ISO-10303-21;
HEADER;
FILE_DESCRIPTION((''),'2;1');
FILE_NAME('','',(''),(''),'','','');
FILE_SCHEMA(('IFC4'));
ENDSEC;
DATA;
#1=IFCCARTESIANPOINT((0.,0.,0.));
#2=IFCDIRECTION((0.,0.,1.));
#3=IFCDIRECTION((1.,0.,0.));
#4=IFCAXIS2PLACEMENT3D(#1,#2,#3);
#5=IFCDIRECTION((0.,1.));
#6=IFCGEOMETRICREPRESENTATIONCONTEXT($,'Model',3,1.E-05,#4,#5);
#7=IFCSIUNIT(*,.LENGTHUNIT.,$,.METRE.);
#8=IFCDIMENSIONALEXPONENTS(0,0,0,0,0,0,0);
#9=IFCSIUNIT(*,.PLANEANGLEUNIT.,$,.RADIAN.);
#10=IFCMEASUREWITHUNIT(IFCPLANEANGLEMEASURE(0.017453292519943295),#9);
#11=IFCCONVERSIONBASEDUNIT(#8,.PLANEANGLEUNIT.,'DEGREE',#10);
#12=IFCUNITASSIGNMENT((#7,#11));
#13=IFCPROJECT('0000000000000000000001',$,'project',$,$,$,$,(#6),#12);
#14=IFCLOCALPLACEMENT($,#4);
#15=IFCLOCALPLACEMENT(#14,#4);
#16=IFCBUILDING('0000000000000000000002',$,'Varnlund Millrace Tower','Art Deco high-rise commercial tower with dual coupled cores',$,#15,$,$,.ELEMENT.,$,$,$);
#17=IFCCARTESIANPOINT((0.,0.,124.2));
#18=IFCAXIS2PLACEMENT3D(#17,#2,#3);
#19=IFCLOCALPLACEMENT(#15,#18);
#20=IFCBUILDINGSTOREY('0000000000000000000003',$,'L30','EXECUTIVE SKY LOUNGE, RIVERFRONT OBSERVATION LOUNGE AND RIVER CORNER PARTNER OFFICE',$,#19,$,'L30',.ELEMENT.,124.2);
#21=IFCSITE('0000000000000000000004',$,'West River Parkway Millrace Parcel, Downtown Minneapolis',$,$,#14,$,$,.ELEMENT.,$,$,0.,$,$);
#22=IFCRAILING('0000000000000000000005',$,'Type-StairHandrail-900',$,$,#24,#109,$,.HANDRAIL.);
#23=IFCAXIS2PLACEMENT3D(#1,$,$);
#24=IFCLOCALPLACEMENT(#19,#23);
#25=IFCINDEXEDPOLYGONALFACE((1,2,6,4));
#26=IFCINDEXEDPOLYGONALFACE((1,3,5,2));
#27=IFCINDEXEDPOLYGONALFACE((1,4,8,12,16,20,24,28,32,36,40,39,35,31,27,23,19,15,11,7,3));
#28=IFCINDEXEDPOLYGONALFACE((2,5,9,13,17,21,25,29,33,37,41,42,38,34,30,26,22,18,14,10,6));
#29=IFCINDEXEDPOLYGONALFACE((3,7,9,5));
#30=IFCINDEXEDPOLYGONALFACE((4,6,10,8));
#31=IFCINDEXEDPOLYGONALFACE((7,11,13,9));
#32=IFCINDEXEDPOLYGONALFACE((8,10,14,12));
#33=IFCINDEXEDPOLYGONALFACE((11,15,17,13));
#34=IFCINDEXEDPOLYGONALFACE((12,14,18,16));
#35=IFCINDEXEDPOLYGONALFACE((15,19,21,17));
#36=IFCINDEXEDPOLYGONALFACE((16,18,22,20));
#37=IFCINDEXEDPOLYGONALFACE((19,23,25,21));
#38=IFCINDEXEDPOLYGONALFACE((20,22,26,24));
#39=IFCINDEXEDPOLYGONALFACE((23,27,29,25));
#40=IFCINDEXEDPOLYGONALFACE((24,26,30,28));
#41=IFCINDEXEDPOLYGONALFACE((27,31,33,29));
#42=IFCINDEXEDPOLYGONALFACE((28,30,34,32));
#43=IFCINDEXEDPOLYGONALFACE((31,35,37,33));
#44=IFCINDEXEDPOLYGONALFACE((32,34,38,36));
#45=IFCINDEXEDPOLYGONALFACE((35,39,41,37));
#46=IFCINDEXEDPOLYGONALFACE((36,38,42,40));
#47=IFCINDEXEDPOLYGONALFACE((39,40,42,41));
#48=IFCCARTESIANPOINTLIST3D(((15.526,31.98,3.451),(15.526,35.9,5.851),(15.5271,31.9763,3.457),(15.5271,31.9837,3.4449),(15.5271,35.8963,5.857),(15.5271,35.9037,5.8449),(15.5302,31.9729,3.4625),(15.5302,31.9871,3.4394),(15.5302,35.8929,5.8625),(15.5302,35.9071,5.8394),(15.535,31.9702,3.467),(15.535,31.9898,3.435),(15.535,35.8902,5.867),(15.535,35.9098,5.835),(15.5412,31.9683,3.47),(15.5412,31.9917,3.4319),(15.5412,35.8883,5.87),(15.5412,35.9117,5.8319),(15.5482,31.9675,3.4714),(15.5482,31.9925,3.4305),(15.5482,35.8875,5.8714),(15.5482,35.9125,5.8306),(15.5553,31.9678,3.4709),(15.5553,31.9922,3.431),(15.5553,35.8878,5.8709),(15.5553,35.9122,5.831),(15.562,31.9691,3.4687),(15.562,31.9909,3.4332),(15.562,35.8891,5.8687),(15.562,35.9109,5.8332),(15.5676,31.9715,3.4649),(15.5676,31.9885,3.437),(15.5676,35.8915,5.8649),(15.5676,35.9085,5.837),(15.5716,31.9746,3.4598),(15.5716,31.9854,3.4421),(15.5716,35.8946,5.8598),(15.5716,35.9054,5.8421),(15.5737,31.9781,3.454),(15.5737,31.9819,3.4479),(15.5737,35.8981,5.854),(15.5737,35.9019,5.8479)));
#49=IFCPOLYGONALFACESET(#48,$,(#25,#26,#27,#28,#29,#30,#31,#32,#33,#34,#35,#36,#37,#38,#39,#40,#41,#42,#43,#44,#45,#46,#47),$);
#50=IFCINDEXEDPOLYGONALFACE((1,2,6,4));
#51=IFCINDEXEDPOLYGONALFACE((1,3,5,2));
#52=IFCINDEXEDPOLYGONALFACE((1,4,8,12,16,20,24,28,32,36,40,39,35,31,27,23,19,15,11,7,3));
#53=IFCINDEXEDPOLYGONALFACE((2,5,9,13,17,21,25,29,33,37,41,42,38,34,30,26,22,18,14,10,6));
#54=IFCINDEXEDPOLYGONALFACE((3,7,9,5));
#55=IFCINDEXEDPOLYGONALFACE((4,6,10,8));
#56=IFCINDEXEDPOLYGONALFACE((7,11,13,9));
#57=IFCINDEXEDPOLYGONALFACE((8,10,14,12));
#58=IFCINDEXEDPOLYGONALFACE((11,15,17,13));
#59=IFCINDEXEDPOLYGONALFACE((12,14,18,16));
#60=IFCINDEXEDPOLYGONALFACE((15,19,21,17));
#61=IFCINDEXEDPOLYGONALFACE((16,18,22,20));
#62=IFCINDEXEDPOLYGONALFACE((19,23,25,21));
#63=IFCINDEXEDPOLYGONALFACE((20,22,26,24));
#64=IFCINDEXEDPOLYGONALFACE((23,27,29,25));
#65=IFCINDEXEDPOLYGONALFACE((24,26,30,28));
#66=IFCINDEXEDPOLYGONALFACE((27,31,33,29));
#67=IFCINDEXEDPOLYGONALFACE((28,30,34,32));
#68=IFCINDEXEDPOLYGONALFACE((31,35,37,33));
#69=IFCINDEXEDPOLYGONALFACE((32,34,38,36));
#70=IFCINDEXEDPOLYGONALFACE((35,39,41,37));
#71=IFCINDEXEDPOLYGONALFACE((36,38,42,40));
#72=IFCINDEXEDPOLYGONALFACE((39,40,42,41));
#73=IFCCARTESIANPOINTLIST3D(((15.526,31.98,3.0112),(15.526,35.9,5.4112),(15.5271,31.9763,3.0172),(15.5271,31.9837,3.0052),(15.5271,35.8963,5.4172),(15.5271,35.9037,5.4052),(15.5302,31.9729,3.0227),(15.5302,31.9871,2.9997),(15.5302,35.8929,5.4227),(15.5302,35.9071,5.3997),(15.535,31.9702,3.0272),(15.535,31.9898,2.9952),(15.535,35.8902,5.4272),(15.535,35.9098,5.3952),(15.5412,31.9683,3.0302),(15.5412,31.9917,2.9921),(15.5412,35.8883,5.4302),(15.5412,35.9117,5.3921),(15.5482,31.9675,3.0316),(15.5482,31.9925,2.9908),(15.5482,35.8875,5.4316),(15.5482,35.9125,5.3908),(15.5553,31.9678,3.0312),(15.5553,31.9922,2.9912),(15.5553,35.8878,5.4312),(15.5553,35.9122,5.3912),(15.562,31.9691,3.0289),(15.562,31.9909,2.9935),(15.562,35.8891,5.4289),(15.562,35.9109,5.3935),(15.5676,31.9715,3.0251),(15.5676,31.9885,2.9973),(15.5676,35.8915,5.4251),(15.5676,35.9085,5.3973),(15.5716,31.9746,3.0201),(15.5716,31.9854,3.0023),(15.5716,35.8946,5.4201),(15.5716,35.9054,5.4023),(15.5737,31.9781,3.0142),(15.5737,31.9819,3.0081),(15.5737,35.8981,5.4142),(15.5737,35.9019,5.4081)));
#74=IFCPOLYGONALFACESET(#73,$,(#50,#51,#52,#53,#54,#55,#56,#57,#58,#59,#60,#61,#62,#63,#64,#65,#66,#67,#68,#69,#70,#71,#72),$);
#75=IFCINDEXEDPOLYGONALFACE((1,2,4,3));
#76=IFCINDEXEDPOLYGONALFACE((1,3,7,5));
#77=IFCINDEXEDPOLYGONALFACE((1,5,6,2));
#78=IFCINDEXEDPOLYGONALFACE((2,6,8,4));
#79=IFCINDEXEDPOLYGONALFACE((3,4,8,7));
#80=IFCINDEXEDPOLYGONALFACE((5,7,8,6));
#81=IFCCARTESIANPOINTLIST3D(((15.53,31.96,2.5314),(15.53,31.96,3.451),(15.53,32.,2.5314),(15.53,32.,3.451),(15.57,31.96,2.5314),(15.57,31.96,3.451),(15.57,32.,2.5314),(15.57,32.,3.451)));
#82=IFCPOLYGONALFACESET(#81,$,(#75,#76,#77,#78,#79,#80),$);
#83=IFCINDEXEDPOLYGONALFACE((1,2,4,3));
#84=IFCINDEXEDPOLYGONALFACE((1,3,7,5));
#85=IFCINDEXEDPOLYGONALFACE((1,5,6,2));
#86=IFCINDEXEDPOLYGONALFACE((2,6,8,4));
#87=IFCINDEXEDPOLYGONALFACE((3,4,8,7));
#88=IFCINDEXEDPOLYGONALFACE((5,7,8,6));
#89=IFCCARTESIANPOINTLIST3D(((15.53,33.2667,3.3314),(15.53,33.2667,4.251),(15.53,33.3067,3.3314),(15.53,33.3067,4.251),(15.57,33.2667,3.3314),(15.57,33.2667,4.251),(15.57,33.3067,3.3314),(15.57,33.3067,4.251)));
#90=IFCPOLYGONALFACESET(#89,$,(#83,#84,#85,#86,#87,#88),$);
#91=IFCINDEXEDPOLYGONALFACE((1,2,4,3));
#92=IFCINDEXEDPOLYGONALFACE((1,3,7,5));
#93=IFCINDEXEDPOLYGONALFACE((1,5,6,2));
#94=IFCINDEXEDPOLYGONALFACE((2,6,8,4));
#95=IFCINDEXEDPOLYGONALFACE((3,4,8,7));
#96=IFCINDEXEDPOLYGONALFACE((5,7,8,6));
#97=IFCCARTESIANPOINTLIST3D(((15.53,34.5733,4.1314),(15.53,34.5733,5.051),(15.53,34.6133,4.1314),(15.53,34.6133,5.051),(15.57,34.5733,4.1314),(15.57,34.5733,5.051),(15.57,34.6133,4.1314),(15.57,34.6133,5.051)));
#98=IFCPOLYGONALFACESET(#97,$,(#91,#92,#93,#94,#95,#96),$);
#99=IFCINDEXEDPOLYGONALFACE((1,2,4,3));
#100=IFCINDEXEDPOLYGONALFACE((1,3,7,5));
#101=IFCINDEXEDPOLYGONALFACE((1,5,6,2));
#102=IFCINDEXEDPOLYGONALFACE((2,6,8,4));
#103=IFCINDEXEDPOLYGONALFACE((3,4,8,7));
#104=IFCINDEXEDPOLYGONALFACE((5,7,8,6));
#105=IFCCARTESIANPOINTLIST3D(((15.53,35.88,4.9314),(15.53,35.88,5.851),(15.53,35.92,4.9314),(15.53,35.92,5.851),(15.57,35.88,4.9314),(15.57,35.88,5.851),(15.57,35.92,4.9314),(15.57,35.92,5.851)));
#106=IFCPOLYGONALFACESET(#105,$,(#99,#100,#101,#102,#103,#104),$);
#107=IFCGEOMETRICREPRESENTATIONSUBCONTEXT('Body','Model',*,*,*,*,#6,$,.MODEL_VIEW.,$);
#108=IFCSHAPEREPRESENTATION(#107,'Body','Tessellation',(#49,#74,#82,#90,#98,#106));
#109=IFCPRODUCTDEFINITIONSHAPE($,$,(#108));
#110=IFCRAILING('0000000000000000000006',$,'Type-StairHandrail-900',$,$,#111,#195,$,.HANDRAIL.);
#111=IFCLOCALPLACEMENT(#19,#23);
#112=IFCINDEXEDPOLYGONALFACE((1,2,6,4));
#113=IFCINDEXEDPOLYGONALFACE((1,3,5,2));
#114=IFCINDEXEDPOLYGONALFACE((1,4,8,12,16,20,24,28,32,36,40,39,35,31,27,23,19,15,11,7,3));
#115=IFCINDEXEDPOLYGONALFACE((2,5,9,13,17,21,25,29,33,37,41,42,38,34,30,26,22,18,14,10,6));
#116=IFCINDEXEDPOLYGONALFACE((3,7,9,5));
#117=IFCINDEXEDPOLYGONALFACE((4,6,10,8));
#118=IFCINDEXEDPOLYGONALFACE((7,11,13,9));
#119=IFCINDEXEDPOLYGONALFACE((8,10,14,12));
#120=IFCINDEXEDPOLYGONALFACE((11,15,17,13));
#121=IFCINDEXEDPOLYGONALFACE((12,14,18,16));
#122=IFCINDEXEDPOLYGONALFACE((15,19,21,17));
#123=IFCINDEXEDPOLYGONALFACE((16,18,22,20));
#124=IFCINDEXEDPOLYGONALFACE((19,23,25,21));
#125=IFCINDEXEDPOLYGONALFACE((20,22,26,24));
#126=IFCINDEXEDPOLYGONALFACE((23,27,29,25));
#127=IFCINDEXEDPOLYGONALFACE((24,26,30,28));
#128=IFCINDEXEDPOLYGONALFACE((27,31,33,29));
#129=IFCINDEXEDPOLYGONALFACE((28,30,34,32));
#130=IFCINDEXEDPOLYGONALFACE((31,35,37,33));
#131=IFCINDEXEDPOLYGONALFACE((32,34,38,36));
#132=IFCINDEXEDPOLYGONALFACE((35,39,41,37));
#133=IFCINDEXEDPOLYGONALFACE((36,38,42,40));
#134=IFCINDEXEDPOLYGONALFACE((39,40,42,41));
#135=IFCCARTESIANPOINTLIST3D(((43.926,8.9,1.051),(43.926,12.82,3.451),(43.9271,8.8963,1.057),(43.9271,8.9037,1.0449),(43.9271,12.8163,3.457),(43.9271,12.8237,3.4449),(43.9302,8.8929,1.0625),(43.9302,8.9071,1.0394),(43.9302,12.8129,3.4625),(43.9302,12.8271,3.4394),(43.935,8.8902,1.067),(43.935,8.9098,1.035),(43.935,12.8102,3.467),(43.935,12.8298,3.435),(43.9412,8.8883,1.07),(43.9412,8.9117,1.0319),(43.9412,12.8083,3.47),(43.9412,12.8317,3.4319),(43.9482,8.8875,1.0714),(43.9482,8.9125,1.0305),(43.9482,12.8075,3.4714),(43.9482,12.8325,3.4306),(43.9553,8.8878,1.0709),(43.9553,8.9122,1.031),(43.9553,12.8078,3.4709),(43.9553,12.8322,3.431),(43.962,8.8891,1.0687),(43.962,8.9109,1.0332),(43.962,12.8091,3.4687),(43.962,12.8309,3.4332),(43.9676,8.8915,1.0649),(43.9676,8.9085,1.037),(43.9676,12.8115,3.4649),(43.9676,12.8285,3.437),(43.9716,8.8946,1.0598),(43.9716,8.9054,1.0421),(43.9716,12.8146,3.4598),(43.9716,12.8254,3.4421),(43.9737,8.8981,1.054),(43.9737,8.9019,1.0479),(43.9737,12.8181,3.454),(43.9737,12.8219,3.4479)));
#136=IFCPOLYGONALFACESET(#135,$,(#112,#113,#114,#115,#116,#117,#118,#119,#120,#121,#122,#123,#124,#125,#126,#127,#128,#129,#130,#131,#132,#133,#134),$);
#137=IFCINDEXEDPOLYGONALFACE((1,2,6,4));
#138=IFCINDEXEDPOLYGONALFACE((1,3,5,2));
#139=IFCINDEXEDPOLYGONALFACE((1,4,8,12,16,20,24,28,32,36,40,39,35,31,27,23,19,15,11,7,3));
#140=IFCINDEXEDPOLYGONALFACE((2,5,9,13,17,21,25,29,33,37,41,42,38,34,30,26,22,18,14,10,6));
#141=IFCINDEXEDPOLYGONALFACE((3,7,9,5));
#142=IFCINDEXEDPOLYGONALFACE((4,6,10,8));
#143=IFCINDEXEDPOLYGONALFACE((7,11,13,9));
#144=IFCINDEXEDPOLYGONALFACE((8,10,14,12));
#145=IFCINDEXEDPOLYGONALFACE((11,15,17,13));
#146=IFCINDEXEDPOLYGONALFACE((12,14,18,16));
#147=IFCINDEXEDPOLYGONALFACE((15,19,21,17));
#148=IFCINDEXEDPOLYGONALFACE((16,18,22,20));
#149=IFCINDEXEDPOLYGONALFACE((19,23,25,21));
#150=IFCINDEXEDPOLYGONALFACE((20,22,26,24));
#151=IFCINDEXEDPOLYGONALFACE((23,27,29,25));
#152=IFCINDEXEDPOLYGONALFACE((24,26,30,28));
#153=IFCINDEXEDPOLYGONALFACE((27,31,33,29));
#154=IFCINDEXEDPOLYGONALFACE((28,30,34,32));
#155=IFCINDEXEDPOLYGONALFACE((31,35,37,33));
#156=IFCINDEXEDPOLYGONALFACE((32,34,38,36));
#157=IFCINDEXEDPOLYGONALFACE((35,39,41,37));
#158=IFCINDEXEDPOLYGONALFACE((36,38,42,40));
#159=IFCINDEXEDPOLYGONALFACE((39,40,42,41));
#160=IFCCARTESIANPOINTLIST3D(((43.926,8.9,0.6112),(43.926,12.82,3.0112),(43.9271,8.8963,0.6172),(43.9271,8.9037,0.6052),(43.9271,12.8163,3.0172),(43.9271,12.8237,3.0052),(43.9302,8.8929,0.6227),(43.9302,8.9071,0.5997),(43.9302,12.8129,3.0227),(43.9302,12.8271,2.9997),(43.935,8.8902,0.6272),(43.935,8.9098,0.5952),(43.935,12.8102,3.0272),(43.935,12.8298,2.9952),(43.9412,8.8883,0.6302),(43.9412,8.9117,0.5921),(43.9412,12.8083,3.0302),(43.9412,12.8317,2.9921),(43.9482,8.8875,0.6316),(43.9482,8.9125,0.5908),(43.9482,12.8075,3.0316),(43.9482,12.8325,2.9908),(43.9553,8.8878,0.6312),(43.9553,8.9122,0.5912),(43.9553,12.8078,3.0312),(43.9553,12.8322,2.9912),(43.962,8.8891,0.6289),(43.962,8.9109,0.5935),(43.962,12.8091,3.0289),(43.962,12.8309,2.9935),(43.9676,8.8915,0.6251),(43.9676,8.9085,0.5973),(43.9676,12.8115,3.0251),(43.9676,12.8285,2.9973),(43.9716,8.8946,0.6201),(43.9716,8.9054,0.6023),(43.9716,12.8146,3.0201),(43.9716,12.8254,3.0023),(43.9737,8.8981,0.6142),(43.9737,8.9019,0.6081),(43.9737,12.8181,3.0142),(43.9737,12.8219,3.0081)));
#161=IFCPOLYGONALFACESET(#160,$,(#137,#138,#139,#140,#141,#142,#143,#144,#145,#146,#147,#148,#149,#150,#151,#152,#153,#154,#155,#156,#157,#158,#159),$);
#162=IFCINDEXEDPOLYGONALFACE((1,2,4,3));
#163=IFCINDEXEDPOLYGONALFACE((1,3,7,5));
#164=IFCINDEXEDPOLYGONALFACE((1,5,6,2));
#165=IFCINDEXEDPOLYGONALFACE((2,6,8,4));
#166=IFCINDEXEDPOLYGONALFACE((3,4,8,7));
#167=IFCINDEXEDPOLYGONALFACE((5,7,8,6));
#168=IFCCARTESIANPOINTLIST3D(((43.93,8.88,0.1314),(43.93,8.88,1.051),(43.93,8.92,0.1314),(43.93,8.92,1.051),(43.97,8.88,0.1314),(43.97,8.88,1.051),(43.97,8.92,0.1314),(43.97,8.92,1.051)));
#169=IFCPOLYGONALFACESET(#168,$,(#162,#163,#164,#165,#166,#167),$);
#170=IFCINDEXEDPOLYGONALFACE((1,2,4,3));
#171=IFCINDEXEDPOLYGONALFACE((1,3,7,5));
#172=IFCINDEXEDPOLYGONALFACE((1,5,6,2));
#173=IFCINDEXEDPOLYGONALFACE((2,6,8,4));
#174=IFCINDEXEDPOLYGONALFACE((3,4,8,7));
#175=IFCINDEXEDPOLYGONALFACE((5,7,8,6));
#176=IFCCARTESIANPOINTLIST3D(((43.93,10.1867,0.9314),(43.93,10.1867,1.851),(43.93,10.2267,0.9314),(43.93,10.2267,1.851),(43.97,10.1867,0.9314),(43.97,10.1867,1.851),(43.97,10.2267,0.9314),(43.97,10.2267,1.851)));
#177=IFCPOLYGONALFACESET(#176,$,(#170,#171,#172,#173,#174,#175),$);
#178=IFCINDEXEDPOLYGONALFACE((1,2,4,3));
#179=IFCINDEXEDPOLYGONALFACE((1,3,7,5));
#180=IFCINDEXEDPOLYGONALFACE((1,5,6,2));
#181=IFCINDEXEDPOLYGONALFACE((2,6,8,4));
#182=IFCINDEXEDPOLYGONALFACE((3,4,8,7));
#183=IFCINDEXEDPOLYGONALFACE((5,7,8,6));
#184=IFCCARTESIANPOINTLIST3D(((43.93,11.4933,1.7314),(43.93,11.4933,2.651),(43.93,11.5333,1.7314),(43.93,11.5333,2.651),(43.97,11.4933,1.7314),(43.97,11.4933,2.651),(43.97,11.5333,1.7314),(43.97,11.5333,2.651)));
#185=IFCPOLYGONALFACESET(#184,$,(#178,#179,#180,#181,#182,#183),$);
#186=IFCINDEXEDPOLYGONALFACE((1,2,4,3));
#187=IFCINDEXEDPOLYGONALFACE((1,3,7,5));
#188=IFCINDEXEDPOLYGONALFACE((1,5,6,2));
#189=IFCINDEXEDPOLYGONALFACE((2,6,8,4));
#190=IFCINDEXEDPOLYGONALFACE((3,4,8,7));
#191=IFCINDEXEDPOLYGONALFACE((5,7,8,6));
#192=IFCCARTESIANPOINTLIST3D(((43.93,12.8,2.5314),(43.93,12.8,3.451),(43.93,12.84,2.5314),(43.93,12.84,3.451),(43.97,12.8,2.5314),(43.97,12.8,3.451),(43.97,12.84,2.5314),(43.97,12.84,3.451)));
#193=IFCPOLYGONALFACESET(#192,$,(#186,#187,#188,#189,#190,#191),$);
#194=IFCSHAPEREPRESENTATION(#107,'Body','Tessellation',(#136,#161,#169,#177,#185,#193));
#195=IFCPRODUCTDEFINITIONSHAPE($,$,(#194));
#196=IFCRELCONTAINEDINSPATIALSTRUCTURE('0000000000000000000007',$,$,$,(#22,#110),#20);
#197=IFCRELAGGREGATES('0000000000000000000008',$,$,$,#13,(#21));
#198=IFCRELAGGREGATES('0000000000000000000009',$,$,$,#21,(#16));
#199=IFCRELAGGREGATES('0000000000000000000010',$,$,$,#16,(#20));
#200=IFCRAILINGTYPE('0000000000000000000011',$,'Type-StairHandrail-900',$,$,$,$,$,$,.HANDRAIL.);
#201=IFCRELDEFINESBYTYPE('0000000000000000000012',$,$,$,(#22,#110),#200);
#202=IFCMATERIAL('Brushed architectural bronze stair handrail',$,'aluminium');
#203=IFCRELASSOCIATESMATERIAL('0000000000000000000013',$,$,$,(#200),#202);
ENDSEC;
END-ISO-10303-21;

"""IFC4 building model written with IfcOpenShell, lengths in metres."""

from ifc_helpers import new_model, entity, si_unit, converted_unit, direction, frame, origin_with_axes, origin_2d_with_axis, place, context, subcontext, project, spatial, rectangle, circle, extrude, material, type_object, element, save


model = new_model("IFC4")

# Units and contexts
model_context = context("Model", 3, precision=1e-05, world=origin_with_axes(), true_north=direction((0.0, 1.0)))
body_context = subcontext(model_context, "Body", "Model", "MODEL_VIEW")
ifc_project = project(units=[si_unit("LENGTHUNIT", "METRE"), converted_unit("PLANEANGLEUNIT", "DEGREE", entity("IfcPlaneAngleMeasure", 0.017453292519943295), si_unit("PLANEANGLEUNIT", "RADIAN"), dimensions=[0, 0, 0, 0, 0, 0, 0])], contexts=[model_context])

# Site, building, storey
site_placement = place(None, origin_with_axes())
site = spatial("IfcSite", under=ifc_project, at=site_placement, Name="West River Parkway Millrace Parcel, Downtown Minneapolis", CompositionType="ELEMENT", RefElevation=0.0)
building_placement = place(site_placement, origin_with_axes())
building = spatial("IfcBuilding", under=site, at=building_placement, Name="Varnlund Millrace Tower", Description="Art Deco high-rise commercial tower with dual coupled cores", CompositionType="ELEMENT")
storey_placement = place(building_placement, frame((0.0, 0.0, 124.2), z_axis=(0.0, 0.0, 1.0), x_axis=(1.0, 0.0, 0.0)))
storey = spatial("IfcBuildingStorey", under=building, at=storey_placement, Name="L30", Description="EXECUTIVE SKY LOUNGE, RIVERFRONT OBSERVATION LOUNGE AND RIVER CORNER PARTNER OFFICE", LongName="L30", CompositionType="ELEMENT", Elevation=124.2)

# Railings
ifc_material_1 = material(Name="Brushed architectural bronze stair handrail", Category="aluminium")
railing_type_1 = type_object("IfcRailingType", Name="Type-StairHandrail-900", PredefinedType="HANDRAIL", material=ifc_material_1)
railing_1_placement = place(storey_placement, frame((0.0, 0.0, -124.2), z_axis=(0.0, 0.0, 1.0), x_axis=(1.0, 0.0, 0.0)))
element("IfcRailing", 1, at=railing_1_placement, inside=storey, type_object=railing_type_1, Name="Type-StairHandrail-900", PredefinedType="HANDRAIL", context=body_context, shape_type="SweptSolid", body=[
    extrude(circle(Radius=0.024, at=origin_2d_with_axis()), frame((15.55, 31.98, 127.651), z_axis=(0.0, 0.852851, 0.522154), x_axis=(-1.0, 0.0, 0.0)), (0.0, 0.0, 1.0), 4.5963),
    extrude(circle(Radius=0.024, at=origin_2d_with_axis()), frame((15.55, 31.98, 127.2112), z_axis=(0.0, 0.852851, 0.522154), x_axis=(-1.0, 0.0, 0.0)), (0.0, 0.0, 1.0), 4.5963),
    extrude(rectangle(XDim=0.04, YDim=0.04, at=origin_2d_with_axis()), frame((15.55, 31.98, 126.7314), z_axis=(0.0, 0.0, 1.0), x_axis=(1.0, 0.0, 0.0)), (0.0, 0.0, 1.0), 0.9195),
    extrude(rectangle(XDim=0.04, YDim=0.04, at=origin_2d_with_axis()), frame((15.55, 33.2867, 127.5314), z_axis=(0.0, 0.0, 1.0), x_axis=(1.0, 0.0, 0.0)), (0.0, 0.0, 1.0), 0.9195),
    extrude(rectangle(XDim=0.04, YDim=0.04, at=origin_2d_with_axis()), frame((15.55, 34.5933, 128.3314), z_axis=(0.0, 0.0, 1.0), x_axis=(1.0, 0.0, 0.0)), (0.0, 0.0, 1.0), 0.9195),
    extrude(rectangle(XDim=0.04, YDim=0.04, at=origin_2d_with_axis()), frame((15.55, 35.9, 129.1314), z_axis=(0.0, 0.0, 1.0), x_axis=(1.0, 0.0, 0.0)), (0.0, 0.0, 1.0), 0.9195),
])
railing_2_placement = place(storey_placement, frame((0.0, 0.0, -124.2), z_axis=(0.0, 0.0, 1.0), x_axis=(1.0, 0.0, 0.0)))
element("IfcRailing", 2, at=railing_2_placement, inside=storey, type_object=railing_type_1, Name="Type-StairHandrail-900", PredefinedType="HANDRAIL", context=body_context, shape_type="SweptSolid", body=[
    extrude(circle(Radius=0.024, at=origin_2d_with_axis()), frame((43.95, 8.9, 125.251), z_axis=(0.0, 0.852851, 0.522154), x_axis=(-1.0, 0.0, 0.0)), (0.0, 0.0, 1.0), 4.5963),
    extrude(circle(Radius=0.024, at=origin_2d_with_axis()), frame((43.95, 8.9, 124.8112), z_axis=(0.0, 0.852851, 0.522154), x_axis=(-1.0, 0.0, 0.0)), (0.0, 0.0, 1.0), 4.5963),
    extrude(rectangle(XDim=0.04, YDim=0.04, at=origin_2d_with_axis()), frame((43.95, 8.9, 124.3314), z_axis=(0.0, 0.0, 1.0), x_axis=(1.0, 0.0, 0.0)), (0.0, 0.0, 1.0), 0.9195),
    extrude(rectangle(XDim=0.04, YDim=0.04, at=origin_2d_with_axis()), frame((43.95, 10.2067, 125.1314), z_axis=(0.0, 0.0, 1.0), x_axis=(1.0, 0.0, 0.0)), (0.0, 0.0, 1.0), 0.9195),
    extrude(rectangle(XDim=0.04, YDim=0.04, at=origin_2d_with_axis()), frame((43.95, 11.5133, 125.9314), z_axis=(0.0, 0.0, 1.0), x_axis=(1.0, 0.0, 0.0)), (0.0, 0.0, 1.0), 0.9195),
    extrude(rectangle(XDim=0.04, YDim=0.04, at=origin_2d_with_axis()), frame((43.95, 12.82, 126.7314), z_axis=(0.0, 0.0, 1.0), x_axis=(1.0, 0.0, 0.0)), (0.0, 0.0, 1.0), 0.9195),
])

save(model, "model.ifc")
